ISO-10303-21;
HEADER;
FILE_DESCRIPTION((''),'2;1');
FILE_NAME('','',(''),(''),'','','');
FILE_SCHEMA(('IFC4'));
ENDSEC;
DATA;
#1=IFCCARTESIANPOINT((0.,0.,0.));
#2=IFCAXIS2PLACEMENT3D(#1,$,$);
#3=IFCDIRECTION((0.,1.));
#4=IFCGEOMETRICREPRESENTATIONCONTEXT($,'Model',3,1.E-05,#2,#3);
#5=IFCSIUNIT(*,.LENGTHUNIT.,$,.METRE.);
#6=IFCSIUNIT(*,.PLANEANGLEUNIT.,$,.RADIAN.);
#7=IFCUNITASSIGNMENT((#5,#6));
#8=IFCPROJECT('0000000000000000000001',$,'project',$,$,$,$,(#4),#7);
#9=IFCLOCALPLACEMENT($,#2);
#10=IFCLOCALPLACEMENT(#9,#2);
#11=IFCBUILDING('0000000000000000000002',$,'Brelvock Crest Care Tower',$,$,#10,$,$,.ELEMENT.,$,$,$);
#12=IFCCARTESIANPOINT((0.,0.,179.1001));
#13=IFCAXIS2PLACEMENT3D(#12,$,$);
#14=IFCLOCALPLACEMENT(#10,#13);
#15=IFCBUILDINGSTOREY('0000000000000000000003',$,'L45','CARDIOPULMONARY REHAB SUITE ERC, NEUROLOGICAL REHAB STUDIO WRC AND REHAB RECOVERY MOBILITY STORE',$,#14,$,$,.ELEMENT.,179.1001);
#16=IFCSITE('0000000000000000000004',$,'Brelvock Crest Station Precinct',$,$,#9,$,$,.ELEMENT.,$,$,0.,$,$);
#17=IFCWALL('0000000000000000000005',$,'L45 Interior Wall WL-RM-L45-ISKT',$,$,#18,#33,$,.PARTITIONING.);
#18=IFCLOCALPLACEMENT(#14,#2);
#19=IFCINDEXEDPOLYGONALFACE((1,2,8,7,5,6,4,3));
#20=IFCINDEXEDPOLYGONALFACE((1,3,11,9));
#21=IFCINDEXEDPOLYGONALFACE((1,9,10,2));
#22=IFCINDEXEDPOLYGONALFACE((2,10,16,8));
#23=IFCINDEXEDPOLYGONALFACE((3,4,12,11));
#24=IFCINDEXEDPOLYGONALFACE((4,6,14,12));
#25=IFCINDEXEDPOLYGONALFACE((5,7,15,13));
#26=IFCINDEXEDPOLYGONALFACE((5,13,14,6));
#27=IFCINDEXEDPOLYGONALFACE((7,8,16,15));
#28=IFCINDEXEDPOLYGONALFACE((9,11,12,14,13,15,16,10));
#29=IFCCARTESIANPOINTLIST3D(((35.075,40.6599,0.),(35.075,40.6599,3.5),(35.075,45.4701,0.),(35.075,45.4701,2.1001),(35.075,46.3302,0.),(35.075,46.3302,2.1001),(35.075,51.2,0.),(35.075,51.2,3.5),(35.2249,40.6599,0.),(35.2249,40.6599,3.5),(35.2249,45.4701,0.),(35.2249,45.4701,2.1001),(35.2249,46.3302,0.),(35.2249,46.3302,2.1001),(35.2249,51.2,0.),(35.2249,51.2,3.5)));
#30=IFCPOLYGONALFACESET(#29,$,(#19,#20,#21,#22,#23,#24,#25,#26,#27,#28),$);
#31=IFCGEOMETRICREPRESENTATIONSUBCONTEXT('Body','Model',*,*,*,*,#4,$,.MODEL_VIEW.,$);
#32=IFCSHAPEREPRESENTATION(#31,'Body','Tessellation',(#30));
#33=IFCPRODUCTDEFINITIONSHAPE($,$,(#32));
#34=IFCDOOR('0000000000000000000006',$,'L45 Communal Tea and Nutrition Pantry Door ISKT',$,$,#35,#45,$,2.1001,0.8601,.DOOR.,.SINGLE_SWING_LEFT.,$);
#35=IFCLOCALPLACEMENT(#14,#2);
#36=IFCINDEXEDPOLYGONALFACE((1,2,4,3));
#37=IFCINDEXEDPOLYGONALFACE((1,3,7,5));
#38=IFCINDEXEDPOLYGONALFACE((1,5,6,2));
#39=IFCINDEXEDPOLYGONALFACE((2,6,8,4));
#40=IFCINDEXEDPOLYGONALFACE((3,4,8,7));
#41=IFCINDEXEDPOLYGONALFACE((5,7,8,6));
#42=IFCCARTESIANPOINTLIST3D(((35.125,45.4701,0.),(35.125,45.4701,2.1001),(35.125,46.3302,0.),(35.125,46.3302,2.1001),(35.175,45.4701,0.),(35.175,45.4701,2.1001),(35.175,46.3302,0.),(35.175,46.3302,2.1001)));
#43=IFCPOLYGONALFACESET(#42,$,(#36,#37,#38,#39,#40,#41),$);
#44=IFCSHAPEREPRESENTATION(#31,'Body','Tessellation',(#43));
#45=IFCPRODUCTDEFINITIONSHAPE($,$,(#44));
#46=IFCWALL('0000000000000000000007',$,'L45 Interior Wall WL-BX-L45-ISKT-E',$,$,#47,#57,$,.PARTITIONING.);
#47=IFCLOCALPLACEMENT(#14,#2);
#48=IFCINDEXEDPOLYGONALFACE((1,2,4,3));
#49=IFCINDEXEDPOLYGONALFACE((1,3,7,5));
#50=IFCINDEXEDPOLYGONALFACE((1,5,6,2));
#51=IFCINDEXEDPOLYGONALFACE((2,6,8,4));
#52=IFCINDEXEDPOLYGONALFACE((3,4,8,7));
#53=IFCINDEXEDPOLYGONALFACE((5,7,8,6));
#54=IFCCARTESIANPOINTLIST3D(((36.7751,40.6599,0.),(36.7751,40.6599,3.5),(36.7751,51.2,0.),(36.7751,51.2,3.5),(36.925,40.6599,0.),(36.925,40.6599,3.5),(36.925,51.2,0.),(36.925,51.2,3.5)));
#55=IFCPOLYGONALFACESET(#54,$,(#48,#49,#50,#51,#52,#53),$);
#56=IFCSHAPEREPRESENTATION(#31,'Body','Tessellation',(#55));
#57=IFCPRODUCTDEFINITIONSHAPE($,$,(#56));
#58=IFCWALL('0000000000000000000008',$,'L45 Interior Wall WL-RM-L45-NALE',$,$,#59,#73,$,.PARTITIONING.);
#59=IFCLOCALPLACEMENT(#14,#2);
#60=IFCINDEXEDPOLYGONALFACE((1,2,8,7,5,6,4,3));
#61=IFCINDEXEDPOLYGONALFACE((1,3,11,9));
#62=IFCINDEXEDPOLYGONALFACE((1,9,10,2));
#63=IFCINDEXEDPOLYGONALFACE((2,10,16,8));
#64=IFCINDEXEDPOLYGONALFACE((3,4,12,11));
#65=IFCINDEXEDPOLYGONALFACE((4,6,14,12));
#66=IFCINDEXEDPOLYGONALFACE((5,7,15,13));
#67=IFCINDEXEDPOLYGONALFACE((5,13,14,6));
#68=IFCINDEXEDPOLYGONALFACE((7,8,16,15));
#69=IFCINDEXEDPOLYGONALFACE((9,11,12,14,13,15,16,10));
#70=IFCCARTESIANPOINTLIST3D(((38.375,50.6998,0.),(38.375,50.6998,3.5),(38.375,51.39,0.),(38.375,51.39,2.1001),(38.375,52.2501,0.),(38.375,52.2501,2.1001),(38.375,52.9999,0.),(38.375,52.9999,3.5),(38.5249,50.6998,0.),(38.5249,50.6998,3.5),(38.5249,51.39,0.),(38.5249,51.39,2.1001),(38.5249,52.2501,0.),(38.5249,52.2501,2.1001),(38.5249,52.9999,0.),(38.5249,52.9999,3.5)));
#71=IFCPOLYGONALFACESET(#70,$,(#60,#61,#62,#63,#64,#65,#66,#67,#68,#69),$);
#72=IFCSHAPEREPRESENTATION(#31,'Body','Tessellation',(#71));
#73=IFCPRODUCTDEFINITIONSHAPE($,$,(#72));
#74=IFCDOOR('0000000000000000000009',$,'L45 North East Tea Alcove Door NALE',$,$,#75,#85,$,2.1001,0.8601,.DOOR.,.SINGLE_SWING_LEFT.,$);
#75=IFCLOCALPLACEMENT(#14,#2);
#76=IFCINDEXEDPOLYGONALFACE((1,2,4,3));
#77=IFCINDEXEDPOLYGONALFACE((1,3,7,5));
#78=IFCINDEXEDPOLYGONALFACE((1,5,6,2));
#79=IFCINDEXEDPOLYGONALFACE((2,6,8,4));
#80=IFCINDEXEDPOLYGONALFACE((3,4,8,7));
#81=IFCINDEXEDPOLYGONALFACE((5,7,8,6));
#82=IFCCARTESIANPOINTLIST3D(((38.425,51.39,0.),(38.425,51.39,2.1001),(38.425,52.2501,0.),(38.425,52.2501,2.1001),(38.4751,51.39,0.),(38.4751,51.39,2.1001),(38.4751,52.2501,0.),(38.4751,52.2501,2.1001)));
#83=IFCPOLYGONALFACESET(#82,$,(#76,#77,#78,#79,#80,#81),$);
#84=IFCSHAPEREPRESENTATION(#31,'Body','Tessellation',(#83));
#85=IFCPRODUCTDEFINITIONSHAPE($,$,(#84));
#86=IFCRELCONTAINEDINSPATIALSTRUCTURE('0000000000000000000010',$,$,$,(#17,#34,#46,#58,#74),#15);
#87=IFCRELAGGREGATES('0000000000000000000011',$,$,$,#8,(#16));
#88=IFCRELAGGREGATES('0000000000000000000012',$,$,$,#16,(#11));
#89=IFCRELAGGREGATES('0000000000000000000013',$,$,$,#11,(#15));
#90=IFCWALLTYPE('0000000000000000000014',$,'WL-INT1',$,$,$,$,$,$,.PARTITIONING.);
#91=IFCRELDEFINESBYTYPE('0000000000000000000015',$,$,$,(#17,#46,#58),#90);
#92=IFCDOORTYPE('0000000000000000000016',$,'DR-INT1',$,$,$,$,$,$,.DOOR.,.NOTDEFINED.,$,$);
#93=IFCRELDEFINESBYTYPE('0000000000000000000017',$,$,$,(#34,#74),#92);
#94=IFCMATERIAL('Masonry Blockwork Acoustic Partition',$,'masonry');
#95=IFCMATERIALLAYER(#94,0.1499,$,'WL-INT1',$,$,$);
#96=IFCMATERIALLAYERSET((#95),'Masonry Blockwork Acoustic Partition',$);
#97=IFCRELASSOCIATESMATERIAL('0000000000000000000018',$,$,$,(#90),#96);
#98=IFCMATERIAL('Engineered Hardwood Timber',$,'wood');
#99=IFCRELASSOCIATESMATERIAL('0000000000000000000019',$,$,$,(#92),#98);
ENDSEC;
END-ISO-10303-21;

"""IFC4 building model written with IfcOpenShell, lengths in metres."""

from ifc_helpers import new_model, si_unit, direction, frame, frame_2d, origin, origin_2d, place, context, subcontext, project, spatial, rectangle, extrude, source, transform, mapped, material, layer, layer_set, type_object, element, fill, save


model = new_model("IFC4")

# Units and contexts
model_context = context("Model", 3, precision=1e-05, world=origin(), true_north=direction((0.0, 1.0)))
body_context = subcontext(model_context, "Body", "Model", "MODEL_VIEW")
ifc_project = project(units=[si_unit("LENGTHUNIT", "METRE"), si_unit("PLANEANGLEUNIT", "RADIAN")], contexts=[model_context])

# Site, building, storey
site_placement = place(None, origin())
site = spatial("IfcSite", under=ifc_project, at=site_placement, Name="Brelvock Crest Station Precinct", CompositionType="ELEMENT", RefElevation=0.0)
building_placement = place(site_placement, origin())
building = spatial("IfcBuilding", under=site, at=building_placement, Name="Brelvock Crest Care Tower", CompositionType="ELEMENT")
storey_placement = place(building_placement, frame((0.0, 0.0, 179.1001)))
storey = spatial("IfcBuildingStorey", under=building, at=storey_placement, Name="L45", Description="CARDIOPULMONARY REHAB SUITE ERC, NEUROLOGICAL REHAB STUDIO WRC AND REHAB RECOVERY MOBILITY STORE", CompositionType="ELEMENT", Elevation=179.1001)

# Shared definitions
ifc_material_1 = material(Name="Masonry Blockwork Acoustic Partition", Category="masonry")
ifc_layer = layer(ifc_material_1, 0.1499, Name="WL-INT1")
ifc_layer_set = layer_set([ifc_layer], Name="Masonry Blockwork Acoustic Partition")
wall_type = type_object("IfcWallType", Name="WL-INT1", PredefinedType="PARTITIONING", material=ifc_layer_set)

# Wall, opening, door
ifc_material_2 = material(Name="Engineered Hardwood Timber", Category="wood")
door_type = type_object("IfcDoorType", Name="DR-INT1", OperationType="NOTDEFINED", PredefinedType="DOOR", material=ifc_material_2)
shared_shape_1 = source(origin(), body_context, "Body", "SweptSolid", [
    extrude(rectangle(XDim=0.8601, YDim=2.1001, at=origin_2d()), frame((0.4302, 0.0249, 1.05), z_axis=(0.0, -1.0, 0.0), x_axis=(1.0, 0.0, 0.0)), (0.0, 0.0, 1.0), 0.05),
])
wall_1_placement = place(storey_placement, frame((35.1499, 40.6599, 0.0), z_axis=(0.0, 0.0, 1.0), x_axis=(0.0, 1.0, 0.0)))
wall_1 = element("IfcWall", 1, at=wall_1_placement, inside=storey, type_object=wall_type, Name="L45 Interior Wall WL-RM-L45-ISKT", PredefinedType="PARTITIONING", context=body_context, shape_type="SweptSolid", body=[
    extrude(rectangle(XDim=10.54, YDim=0.1499, at=frame_2d((5.27, 0.0))), origin(), (0.0, 0.0, 1.0), 3.5),
])
opening_1_placement = place(wall_1_placement, frame((4.8101, 0.0, 0.0)))
opening_1 = element("IfcOpeningElement", 2, at=opening_1_placement, cuts=wall_1, PredefinedType="OPENING", context=body_context, shape_type="SweptSolid", body=[
    extrude(rectangle(XDim=0.8601, YDim=2.1001, at=origin_2d()), frame((0.4302, 0.085, 1.05), z_axis=(0.0, -1.0, 0.0), x_axis=(1.0, 0.0, 0.0)), (0.0, 0.0, 1.0), 0.1699),
])
door_1_placement = place(opening_1_placement, origin())
door_1 = element("IfcDoor", 3, at=door_1_placement, inside=storey, type_object=door_type, Name="L45 Communal Tea and Nutrition Pantry Door ISKT", OperationType="SINGLE_SWING_LEFT", OverallHeight=2.1001, OverallWidth=0.8601, PredefinedType="DOOR", context=body_context, shape_type="MappedRepresentation", body=[
    mapped(shared_shape_1, transform((0.0, 0.0, 0.0), x_axis=(1.0, 0.0, 0.0), y_axis=(0.0, 1.0, 0.0), z_axis=(0.0, 0.0, 1.0), scale=1.0)),
])
fill(opening_1, door_1)

# Wall
wall_2_placement = place(storey_placement, frame((36.8501, 40.6599, 0.0), z_axis=(0.0, 0.0, 1.0), x_axis=(0.0, 1.0, 0.0)))
element("IfcWall", 4, at=wall_2_placement, inside=storey, type_object=wall_type, Name="L45 Interior Wall WL-BX-L45-ISKT-E", PredefinedType="PARTITIONING", context=body_context, shape_type="SweptSolid", body=[
    extrude(rectangle(XDim=10.54, YDim=0.1499, at=frame_2d((5.27, 0.0))), origin(), (0.0, 0.0, 1.0), 3.5),
])

# Wall, opening, door
wall_3_placement = place(storey_placement, frame((38.45, 50.7, 0.0), z_axis=(0.0, 0.0, 1.0), x_axis=(0.0, 1.0, 0.0)))
wall_3 = element("IfcWall", 5, at=wall_3_placement, inside=storey, type_object=wall_type, Name="L45 Interior Wall WL-RM-L45-NALE", PredefinedType="PARTITIONING", context=body_context, shape_type="SweptSolid", body=[
    extrude(rectangle(XDim=2.3, YDim=0.1499, at=frame_2d((1.1499, 0.0))), origin(), (0.0, 0.0, 1.0), 3.5),
])
opening_2_placement = place(wall_3_placement, frame((0.6899, 0.0, 0.0)))
opening_2 = element("IfcOpeningElement", 6, at=opening_2_placement, cuts=wall_3, PredefinedType="OPENING", context=body_context, shape_type="SweptSolid", body=[
    extrude(rectangle(XDim=0.8601, YDim=2.1001, at=origin_2d()), frame((0.4302, 0.085, 1.05), z_axis=(0.0, -1.0, 0.0), x_axis=(1.0, 0.0, 0.0)), (0.0, 0.0, 1.0), 0.1699),
])
door_2_placement = place(opening_2_placement, origin())
door_2 = element("IfcDoor", 7, at=door_2_placement, inside=storey, type_object=door_type, Name="L45 North East Tea Alcove Door NALE", OperationType="SINGLE_SWING_LEFT", OverallHeight=2.1001, OverallWidth=0.8601, PredefinedType="DOOR", context=body_context, shape_type="MappedRepresentation", body=[
    mapped(shared_shape_1, transform((0.0, 0.0, 0.0), x_axis=(1.0, 0.0, 0.0), y_axis=(0.0, 1.0, 0.0), z_axis=(0.0, 0.0, 1.0), scale=1.0)),
])
fill(opening_2, door_2)

save(model, "model.ifc")
